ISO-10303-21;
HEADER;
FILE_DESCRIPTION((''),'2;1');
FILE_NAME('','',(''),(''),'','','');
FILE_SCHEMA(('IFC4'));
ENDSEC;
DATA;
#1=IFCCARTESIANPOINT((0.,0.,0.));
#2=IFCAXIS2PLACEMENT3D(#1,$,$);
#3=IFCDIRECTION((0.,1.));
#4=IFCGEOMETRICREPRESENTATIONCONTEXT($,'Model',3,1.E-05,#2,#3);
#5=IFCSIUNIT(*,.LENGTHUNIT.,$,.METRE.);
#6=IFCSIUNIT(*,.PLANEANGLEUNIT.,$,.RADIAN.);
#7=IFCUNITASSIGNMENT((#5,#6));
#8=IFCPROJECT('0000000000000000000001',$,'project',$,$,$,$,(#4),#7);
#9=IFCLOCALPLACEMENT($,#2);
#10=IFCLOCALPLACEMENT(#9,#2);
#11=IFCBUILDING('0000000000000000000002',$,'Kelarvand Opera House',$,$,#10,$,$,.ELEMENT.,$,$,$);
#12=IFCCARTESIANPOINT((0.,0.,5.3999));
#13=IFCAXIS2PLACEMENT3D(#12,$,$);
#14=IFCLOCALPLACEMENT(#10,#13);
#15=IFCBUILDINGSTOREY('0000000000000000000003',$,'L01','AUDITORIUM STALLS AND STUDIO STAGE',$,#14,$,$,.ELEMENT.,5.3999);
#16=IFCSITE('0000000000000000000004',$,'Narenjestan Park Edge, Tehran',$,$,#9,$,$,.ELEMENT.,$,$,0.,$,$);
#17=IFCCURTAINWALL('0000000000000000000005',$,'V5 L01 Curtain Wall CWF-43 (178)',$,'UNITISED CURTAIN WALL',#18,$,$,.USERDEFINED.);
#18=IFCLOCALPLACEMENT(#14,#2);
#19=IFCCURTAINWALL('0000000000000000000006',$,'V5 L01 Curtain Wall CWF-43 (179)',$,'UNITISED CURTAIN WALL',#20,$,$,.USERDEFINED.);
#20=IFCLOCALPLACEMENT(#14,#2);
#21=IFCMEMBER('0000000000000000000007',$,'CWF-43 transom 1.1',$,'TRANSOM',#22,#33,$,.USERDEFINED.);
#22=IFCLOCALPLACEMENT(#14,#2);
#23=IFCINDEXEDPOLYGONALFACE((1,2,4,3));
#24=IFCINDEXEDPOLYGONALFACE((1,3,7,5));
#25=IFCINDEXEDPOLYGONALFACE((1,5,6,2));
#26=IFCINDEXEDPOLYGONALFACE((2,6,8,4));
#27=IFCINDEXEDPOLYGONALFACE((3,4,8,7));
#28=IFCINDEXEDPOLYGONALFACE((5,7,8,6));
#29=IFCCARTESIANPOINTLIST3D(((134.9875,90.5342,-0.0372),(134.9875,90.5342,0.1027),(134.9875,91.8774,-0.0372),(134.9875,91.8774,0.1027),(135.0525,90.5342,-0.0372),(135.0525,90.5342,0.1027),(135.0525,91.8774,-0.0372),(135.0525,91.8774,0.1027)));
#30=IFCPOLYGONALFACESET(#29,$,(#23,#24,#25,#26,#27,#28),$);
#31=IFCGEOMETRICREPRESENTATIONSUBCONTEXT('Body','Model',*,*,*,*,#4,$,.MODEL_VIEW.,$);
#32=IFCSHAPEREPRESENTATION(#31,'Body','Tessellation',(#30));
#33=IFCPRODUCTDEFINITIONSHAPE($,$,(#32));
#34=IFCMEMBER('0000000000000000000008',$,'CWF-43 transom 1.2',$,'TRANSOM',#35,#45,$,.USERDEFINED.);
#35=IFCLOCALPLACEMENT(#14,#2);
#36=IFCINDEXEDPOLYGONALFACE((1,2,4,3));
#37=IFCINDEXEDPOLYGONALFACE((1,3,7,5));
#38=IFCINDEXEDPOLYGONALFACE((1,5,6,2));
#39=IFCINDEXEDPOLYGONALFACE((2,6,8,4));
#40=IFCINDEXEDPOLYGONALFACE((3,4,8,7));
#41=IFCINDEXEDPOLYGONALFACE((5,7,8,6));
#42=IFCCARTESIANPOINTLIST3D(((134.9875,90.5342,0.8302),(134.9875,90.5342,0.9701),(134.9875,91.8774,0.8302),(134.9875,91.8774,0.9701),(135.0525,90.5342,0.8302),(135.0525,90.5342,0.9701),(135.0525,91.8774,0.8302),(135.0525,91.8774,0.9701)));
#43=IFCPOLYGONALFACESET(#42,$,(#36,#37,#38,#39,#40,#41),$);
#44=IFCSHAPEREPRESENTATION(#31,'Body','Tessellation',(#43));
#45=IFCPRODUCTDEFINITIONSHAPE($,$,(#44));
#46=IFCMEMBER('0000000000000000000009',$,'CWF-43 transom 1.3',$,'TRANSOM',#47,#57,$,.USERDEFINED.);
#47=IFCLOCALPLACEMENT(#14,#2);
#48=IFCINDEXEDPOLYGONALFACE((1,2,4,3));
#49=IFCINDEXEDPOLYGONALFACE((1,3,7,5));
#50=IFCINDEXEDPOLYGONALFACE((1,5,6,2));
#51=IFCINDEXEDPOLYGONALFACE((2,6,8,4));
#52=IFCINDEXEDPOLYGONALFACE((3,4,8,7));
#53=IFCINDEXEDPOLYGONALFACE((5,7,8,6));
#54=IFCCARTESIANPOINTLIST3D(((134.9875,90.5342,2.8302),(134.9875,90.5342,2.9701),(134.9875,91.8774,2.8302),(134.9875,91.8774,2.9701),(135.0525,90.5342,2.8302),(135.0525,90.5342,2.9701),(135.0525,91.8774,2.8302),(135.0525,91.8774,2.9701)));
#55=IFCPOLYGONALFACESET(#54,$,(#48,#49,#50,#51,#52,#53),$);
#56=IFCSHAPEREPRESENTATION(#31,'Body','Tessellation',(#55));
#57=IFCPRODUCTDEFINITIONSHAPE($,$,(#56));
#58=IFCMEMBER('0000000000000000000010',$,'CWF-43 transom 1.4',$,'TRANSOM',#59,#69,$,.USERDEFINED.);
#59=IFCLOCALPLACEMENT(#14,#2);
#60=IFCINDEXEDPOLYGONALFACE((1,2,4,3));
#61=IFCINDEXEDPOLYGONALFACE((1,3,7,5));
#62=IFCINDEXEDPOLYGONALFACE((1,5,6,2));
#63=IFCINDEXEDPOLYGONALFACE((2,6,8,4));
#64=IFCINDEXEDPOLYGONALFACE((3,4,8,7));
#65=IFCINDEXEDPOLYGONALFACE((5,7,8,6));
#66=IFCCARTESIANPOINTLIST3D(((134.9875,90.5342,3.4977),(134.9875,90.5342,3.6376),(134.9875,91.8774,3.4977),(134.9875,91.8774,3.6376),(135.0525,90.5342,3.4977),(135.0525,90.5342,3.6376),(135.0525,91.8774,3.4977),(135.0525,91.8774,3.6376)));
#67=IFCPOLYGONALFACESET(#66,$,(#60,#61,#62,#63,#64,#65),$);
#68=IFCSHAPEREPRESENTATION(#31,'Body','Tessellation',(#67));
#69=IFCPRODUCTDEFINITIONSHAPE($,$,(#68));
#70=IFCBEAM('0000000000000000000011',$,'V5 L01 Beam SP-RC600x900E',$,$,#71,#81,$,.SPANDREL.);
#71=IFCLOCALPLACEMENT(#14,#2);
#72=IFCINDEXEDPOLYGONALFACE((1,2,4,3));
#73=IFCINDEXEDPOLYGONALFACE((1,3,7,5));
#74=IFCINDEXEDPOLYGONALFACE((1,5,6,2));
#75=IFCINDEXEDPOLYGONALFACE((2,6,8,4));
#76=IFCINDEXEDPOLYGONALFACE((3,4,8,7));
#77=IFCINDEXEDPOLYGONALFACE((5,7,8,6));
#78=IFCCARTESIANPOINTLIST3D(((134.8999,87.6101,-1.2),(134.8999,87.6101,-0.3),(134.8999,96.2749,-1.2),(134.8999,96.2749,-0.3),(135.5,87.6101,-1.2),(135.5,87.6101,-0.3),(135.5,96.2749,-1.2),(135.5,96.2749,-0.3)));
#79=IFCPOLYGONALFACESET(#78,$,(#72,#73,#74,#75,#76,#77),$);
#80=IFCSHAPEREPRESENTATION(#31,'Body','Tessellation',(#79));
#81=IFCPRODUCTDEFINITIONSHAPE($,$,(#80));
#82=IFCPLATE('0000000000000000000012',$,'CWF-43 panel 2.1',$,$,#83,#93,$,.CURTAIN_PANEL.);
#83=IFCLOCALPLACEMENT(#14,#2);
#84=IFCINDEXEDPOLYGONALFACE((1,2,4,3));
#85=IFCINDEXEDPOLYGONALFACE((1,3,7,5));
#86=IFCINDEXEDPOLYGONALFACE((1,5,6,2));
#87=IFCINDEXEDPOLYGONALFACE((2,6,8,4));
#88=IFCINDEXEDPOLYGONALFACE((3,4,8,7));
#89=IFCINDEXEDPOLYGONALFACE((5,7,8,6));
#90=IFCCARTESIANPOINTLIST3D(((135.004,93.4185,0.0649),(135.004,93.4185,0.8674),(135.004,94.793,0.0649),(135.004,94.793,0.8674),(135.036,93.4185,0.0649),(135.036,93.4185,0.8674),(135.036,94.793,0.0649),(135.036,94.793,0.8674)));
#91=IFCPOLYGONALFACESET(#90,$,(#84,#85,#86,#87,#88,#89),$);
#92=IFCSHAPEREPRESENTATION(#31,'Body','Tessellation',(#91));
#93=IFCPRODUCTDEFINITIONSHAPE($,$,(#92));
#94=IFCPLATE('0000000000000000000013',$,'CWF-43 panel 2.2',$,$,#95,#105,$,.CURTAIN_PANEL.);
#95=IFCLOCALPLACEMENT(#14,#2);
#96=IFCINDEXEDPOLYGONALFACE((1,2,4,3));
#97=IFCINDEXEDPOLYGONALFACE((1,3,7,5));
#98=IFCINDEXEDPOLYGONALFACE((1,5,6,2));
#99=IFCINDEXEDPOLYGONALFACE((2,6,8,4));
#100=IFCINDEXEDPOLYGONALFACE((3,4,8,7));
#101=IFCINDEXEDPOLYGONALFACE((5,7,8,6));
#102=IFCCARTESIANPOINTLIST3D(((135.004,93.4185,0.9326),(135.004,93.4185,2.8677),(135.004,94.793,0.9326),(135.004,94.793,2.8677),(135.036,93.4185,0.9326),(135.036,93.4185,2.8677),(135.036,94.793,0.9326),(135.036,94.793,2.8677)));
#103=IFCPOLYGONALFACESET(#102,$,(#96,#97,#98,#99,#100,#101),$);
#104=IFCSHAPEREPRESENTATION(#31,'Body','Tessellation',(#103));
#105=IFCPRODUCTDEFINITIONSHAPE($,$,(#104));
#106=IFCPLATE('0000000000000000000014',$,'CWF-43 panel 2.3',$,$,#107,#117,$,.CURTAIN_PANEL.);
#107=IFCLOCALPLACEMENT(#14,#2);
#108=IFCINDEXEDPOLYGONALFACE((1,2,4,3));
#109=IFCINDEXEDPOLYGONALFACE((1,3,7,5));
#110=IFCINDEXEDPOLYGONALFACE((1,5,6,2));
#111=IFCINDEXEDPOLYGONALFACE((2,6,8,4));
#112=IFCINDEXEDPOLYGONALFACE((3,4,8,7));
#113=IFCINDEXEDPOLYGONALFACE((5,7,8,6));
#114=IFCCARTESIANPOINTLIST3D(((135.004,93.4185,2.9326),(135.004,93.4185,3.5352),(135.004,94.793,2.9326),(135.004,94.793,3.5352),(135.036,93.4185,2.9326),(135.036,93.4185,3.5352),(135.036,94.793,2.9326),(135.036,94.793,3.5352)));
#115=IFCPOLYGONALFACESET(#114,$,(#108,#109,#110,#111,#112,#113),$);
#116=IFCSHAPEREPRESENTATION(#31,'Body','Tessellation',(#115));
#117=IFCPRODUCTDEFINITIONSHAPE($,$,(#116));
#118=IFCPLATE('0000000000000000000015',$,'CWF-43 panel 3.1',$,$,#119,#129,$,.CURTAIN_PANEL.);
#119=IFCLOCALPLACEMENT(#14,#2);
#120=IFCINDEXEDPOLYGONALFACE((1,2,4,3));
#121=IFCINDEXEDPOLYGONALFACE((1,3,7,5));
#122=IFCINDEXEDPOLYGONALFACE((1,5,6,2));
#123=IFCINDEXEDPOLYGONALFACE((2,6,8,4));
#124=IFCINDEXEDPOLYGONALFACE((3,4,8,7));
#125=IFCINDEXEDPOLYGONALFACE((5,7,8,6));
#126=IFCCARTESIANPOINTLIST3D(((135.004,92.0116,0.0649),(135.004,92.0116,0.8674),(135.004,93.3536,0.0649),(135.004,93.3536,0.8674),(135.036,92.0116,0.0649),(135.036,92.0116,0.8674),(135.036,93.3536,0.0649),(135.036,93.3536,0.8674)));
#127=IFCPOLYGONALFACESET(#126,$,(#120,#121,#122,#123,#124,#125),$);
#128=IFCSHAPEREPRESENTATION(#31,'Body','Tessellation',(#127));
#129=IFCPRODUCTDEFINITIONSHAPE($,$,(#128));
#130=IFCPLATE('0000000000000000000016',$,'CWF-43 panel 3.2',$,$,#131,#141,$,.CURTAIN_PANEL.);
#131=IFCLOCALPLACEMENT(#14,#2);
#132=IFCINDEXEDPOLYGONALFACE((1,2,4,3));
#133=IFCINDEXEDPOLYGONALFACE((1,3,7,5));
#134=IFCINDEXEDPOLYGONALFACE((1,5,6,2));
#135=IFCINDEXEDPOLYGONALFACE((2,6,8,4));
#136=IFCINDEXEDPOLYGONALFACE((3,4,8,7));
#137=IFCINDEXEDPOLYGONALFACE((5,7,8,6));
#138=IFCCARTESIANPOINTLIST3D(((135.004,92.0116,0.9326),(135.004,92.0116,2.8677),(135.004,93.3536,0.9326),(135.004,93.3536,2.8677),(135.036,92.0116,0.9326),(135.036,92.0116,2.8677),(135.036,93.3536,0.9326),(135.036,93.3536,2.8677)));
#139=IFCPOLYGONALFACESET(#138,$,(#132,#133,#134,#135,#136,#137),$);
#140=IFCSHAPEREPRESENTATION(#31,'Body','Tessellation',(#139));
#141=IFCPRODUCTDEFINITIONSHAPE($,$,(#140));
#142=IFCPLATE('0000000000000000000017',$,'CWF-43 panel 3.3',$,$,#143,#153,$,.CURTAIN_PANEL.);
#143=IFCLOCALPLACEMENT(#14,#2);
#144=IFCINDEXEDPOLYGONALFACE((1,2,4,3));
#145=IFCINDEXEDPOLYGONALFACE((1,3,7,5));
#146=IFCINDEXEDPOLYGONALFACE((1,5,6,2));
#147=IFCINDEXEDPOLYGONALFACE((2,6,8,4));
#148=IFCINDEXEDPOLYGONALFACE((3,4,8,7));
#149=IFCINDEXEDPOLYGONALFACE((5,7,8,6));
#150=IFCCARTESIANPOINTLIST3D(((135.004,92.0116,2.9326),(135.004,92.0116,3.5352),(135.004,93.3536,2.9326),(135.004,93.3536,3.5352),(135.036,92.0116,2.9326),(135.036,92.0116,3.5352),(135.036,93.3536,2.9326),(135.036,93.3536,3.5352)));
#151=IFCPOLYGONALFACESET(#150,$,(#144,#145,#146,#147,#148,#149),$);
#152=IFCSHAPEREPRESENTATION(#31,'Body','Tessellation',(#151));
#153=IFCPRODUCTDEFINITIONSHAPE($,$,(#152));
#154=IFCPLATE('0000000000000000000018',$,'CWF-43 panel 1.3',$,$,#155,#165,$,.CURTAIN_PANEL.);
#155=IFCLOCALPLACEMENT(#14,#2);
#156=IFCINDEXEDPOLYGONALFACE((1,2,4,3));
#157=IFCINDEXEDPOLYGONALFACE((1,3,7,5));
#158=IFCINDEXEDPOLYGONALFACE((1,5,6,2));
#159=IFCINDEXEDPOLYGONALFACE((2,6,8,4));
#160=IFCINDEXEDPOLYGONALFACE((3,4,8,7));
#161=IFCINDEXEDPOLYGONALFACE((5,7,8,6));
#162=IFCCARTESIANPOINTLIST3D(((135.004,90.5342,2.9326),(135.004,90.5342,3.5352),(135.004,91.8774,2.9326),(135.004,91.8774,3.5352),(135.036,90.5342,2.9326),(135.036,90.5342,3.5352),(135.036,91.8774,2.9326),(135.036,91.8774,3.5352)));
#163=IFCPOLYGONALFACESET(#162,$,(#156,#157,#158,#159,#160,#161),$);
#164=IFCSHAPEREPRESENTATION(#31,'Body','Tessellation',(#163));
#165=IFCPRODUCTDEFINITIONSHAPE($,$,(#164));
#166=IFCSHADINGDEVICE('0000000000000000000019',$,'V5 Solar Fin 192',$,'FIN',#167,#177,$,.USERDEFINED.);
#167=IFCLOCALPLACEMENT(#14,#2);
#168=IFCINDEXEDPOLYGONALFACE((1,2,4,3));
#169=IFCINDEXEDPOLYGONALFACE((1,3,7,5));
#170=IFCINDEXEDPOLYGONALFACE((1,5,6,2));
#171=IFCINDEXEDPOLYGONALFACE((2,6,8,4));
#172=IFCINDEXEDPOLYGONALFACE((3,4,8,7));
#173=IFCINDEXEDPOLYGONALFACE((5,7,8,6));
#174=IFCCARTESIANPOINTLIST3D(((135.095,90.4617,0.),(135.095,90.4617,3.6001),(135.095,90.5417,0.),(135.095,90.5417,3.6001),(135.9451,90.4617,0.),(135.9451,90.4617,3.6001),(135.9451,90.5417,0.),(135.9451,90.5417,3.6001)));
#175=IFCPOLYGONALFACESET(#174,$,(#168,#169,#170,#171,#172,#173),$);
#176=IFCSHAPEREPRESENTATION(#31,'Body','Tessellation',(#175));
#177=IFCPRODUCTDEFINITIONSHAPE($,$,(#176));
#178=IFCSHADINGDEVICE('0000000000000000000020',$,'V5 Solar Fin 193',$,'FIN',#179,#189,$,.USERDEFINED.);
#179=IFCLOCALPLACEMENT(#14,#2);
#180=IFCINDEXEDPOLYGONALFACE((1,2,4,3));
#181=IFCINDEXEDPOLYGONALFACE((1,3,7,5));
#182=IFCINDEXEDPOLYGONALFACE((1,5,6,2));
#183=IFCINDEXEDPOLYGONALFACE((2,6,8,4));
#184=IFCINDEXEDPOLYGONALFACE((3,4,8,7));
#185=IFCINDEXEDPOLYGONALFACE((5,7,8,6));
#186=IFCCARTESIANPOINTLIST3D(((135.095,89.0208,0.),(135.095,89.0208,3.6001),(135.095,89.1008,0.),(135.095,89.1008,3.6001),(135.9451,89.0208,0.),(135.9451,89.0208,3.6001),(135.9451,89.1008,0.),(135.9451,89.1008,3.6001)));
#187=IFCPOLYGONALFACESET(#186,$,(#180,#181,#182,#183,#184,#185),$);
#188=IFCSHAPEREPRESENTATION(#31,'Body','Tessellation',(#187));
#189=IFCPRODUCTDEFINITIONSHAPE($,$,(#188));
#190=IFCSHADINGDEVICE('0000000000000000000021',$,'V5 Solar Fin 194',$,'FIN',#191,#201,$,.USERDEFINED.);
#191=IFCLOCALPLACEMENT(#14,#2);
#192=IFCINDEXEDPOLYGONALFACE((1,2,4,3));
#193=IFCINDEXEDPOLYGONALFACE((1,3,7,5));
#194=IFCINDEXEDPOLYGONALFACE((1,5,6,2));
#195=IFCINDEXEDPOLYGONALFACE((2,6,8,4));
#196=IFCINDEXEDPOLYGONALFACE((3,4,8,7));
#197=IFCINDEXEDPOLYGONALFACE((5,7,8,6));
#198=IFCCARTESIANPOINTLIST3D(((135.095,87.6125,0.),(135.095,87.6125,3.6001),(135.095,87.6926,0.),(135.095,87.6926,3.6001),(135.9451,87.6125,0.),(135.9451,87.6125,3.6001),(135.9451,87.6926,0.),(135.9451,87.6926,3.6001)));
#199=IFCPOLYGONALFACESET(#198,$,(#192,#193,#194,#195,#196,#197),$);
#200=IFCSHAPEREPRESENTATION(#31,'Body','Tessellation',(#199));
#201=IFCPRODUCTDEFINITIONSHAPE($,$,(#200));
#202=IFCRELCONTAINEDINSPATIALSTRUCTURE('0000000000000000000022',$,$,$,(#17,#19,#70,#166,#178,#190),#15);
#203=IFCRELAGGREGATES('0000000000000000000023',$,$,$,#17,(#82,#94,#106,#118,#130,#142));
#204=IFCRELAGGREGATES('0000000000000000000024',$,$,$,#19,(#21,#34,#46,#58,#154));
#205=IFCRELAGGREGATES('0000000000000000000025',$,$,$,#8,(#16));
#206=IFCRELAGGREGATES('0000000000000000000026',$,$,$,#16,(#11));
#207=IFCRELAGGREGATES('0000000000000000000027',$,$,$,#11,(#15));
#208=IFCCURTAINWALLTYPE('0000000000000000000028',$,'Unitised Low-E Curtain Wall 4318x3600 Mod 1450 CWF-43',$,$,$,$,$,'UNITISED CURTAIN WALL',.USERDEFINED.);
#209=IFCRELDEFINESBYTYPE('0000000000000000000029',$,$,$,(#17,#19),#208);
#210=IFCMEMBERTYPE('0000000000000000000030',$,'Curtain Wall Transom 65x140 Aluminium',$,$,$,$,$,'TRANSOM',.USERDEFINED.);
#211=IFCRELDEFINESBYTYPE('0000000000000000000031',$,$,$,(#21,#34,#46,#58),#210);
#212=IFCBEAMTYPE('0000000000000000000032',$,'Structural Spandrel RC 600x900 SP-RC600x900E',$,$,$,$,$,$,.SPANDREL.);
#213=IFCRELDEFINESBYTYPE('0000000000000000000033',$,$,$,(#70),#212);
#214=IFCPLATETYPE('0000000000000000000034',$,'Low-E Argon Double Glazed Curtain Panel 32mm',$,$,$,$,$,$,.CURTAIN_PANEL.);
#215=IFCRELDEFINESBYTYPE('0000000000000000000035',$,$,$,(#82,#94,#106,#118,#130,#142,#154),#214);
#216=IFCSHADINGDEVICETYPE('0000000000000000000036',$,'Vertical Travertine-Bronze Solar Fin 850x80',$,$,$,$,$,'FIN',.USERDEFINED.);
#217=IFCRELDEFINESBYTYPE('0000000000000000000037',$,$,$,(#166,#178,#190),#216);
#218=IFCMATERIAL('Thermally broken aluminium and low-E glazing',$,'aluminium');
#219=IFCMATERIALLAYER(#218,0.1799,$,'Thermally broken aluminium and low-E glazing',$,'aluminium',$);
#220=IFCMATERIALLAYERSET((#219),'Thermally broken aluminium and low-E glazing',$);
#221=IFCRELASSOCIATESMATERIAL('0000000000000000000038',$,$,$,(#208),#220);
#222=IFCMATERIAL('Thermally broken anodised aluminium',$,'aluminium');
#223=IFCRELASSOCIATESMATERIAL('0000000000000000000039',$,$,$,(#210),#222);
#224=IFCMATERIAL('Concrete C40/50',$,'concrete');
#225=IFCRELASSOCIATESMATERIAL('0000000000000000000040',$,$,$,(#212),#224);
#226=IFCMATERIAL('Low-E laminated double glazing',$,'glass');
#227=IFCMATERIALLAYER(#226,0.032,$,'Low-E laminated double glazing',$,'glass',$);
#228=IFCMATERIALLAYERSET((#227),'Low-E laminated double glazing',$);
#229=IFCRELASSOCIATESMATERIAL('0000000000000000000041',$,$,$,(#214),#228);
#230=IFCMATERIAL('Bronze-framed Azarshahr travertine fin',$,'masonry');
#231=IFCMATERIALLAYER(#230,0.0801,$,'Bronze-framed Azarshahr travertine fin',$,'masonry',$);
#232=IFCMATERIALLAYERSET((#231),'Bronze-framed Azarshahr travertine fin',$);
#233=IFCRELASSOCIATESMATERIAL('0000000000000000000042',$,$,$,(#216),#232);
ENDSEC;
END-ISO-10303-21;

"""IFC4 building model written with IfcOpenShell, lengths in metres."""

from ifc_helpers import new_model, si_unit, direction, frame, origin, origin_2d, place, context, subcontext, project, spatial, rectangle, extrude, material, layer, layer_set, material_profile, profile_set, type_object, element, aggregate, save


model = new_model("IFC4")

# Units and contexts
model_context = context("Model", 3, precision=1e-05, world=origin(), true_north=direction((0.0, 1.0)))
body_context = subcontext(model_context, "Body", "Model", "MODEL_VIEW")
ifc_project = project(units=[si_unit("LENGTHUNIT", "METRE"), si_unit("PLANEANGLEUNIT", "RADIAN")], contexts=[model_context])

# Site, building, storey
site_placement = place(None, origin())
site = spatial("IfcSite", under=ifc_project, at=site_placement, Name="Narenjestan Park Edge, Tehran", CompositionType="ELEMENT", RefElevation=0.0)
building_placement = place(site_placement, origin())
building = spatial("IfcBuilding", under=site, at=building_placement, Name="Kelarvand Opera House", CompositionType="ELEMENT")
storey_placement = place(building_placement, frame((0.0, 0.0, 5.3999)))
storey = spatial("IfcBuildingStorey", under=building, at=storey_placement, Name="L01", Description="AUDITORIUM STALLS AND STUDIO STAGE", CompositionType="ELEMENT", Elevation=5.3999)

# Shared definitions
ifc_material_1 = material(Name="Concrete C40/50", Category="concrete")

# Curtain wall
ifc_material_2 = material(Name="Thermally broken aluminium and low-E glazing", Category="aluminium")
ifc_layer_1 = layer(ifc_material_2, 0.1799, Name="Thermally broken aluminium and low-E glazing", Category="aluminium")
ifc_layer_set_1 = layer_set([ifc_layer_1], Name="Thermally broken aluminium and low-E glazing")
curtain_wall_type = type_object("IfcCurtainWallType", Name="Unitised Low-E Curtain Wall 4318x3600 Mod 1450 CWF-43", ElementType="UNITISED CURTAIN WALL", PredefinedType="USERDEFINED", material=ifc_layer_set_1)
curtain_wall_1_placement = place(storey_placement, origin())
curtain_wall_1 = element("IfcCurtainWall", 1, at=curtain_wall_1_placement, inside=storey, type_object=curtain_wall_type, Name="V5 L01 Curtain Wall CWF-43 (178)", ObjectType="UNITISED CURTAIN WALL", PredefinedType="USERDEFINED")
ifc_material_3 = material(Name="Thermally broken anodised aluminium", Category="aluminium")

# Curtain wall
curtain_wall_2_placement = place(storey_placement, origin())
curtain_wall_2 = element("IfcCurtainWall", 2, at=curtain_wall_2_placement, inside=storey, type_object=curtain_wall_type, Name="V5 L01 Curtain Wall CWF-43 (179)", ObjectType="UNITISED CURTAIN WALL", PredefinedType="USERDEFINED")

# Members
ifc_material_profile_1 = material_profile(ifc_material_3, rectangle(XDim=0.0649, YDim=0.1399, at=origin_2d()), Name="ALU TRANSOM 65x140", Category="aluminium")
ifc_profile_set_1 = profile_set([ifc_material_profile_1], Name="Thermally broken anodised aluminium")
member_type_1 = type_object("IfcMemberType", Name="Curtain Wall Transom 65x140 Aluminium", ElementType="TRANSOM", PredefinedType="USERDEFINED", material=ifc_profile_set_1)
member_1_placement = place(storey_placement, frame((135.02, 91.8774, 0.0327), z_axis=(0.0, -1.0, 0.0), x_axis=(1.0, 0.0, 0.0)))
member_1 = element("IfcMember", 3, at=member_1_placement, type_object=member_type_1, Name="CWF-43 transom 1.1", ObjectType="TRANSOM", PredefinedType="USERDEFINED", context=body_context, shape_type="SweptSolid", body=[
    extrude(rectangle(XDim=0.0649, YDim=0.1399, at=origin_2d()), origin(), (0.0, 0.0, 1.0), 1.3433),
])
member_2_placement = place(storey_placement, frame((135.02, 91.8774, 0.9001), z_axis=(0.0, -1.0, 0.0), x_axis=(1.0, 0.0, 0.0)))
member_2 = element("IfcMember", 4, at=member_2_placement, type_object=member_type_1, Name="CWF-43 transom 1.2", ObjectType="TRANSOM", PredefinedType="USERDEFINED", context=body_context, shape_type="SweptSolid", body=[
    extrude(rectangle(XDim=0.0649, YDim=0.1399, at=origin_2d()), origin(), (0.0, 0.0, 1.0), 1.3433),
])
member_3_placement = place(storey_placement, frame((135.02, 91.8774, 2.9001), z_axis=(0.0, -1.0, 0.0), x_axis=(1.0, 0.0, 0.0)))
member_3 = element("IfcMember", 5, at=member_3_placement, type_object=member_type_1, Name="CWF-43 transom 1.3", ObjectType="TRANSOM", PredefinedType="USERDEFINED", context=body_context, shape_type="SweptSolid", body=[
    extrude(rectangle(XDim=0.0649, YDim=0.1399, at=origin_2d()), origin(), (0.0, 0.0, 1.0), 1.3433),
])
member_4_placement = place(storey_placement, frame((135.02, 91.8774, 3.5676), z_axis=(0.0, -1.0, 0.0), x_axis=(1.0, 0.0, 0.0)))
member_4 = element("IfcMember", 6, at=member_4_placement, type_object=member_type_1, Name="CWF-43 transom 1.4", ObjectType="TRANSOM", PredefinedType="USERDEFINED", context=body_context, shape_type="SweptSolid", body=[
    extrude(rectangle(XDim=0.0649, YDim=0.1399, at=origin_2d()), origin(), (0.0, 0.0, 1.0), 1.3433),
])

# Beam
ifc_material_profile_2 = material_profile(ifc_material_1, rectangle(XDim=0.6001, YDim=0.8999, at=origin_2d()), Name="RC 600x900", Category="concrete")
ifc_profile_set_2 = profile_set([ifc_material_profile_2], Name="Concrete C40/50")
beam_type = type_object("IfcBeamType", Name="Structural Spandrel RC 600x900 SP-RC600x900E", PredefinedType="SPANDREL", material=ifc_profile_set_2)
beam_placement = place(storey_placement, frame((135.2, 87.6101, -0.75), z_axis=(0.0, 1.0, 0.0), x_axis=(-1.0, 0.0, 0.0)))
element("IfcBeam", 7, at=beam_placement, inside=storey, type_object=beam_type, Name="V5 L01 Beam SP-RC600x900E", PredefinedType="SPANDREL", context=body_context, shape_type="SweptSolid", body=[
    extrude(rectangle(XDim=0.6001, YDim=0.8999, at=origin_2d()), origin(), (0.0, 0.0, 1.0), 8.6648),
])

# Plates
ifc_material_4 = material(Name="Low-E laminated double glazing", Category="glass")
ifc_layer_2 = layer(ifc_material_4, 0.032, Name="Low-E laminated double glazing", Category="glass")
ifc_layer_set_2 = layer_set([ifc_layer_2], Name="Low-E laminated double glazing")
plate_type = type_object("IfcPlateType", Name="Low-E Argon Double Glazed Curtain Panel 32mm", PredefinedType="CURTAIN_PANEL", material=ifc_layer_set_2)
plate_1_placement = place(storey_placement, frame((135.02, 94.1057, 0.0649), z_axis=(0.0, 0.0, 1.0), x_axis=(0.0, -1.0, 0.0)))
plate_1 = element("IfcPlate", 8, at=plate_1_placement, type_object=plate_type, Name="CWF-43 panel 2.1", PredefinedType="CURTAIN_PANEL", context=body_context, shape_type="SweptSolid", body=[
    extrude(rectangle(XDim=1.3745, YDim=0.032, at=origin_2d()), origin(), (0.0, 0.0, 1.0), 0.8025),
])
plate_2_placement = place(storey_placement, frame((135.02, 94.1057, 0.9326), z_axis=(0.0, 0.0, 1.0), x_axis=(0.0, -1.0, 0.0)))
plate_2 = element("IfcPlate", 9, at=plate_2_placement, type_object=plate_type, Name="CWF-43 panel 2.2", PredefinedType="CURTAIN_PANEL", context=body_context, shape_type="SweptSolid", body=[
    extrude(rectangle(XDim=1.3745, YDim=0.032, at=origin_2d()), origin(), (0.0, 0.0, 1.0), 1.9351),
])
plate_3_placement = place(storey_placement, frame((135.02, 94.1057, 2.9326), z_axis=(0.0, 0.0, 1.0), x_axis=(0.0, -1.0, 0.0)))
plate_3 = element("IfcPlate", 10, at=plate_3_placement, type_object=plate_type, Name="CWF-43 panel 2.3", PredefinedType="CURTAIN_PANEL", context=body_context, shape_type="SweptSolid", body=[
    extrude(rectangle(XDim=1.3745, YDim=0.032, at=origin_2d()), origin(), (0.0, 0.0, 1.0), 0.6025),
])
plate_4_placement = place(storey_placement, frame((135.02, 92.6826, 0.0649), z_axis=(0.0, 0.0, 1.0), x_axis=(0.0, -1.0, 0.0)))
plate_4 = element("IfcPlate", 11, at=plate_4_placement, type_object=plate_type, Name="CWF-43 panel 3.1", PredefinedType="CURTAIN_PANEL", context=body_context, shape_type="SweptSolid", body=[
    extrude(rectangle(XDim=1.342, YDim=0.032, at=origin_2d()), origin(), (0.0, 0.0, 1.0), 0.8025),
])
plate_5_placement = place(storey_placement, frame((135.02, 92.6826, 0.9326), z_axis=(0.0, 0.0, 1.0), x_axis=(0.0, -1.0, 0.0)))
plate_5 = element("IfcPlate", 12, at=plate_5_placement, type_object=plate_type, Name="CWF-43 panel 3.2", PredefinedType="CURTAIN_PANEL", context=body_context, shape_type="SweptSolid", body=[
    extrude(rectangle(XDim=1.342, YDim=0.032, at=origin_2d()), origin(), (0.0, 0.0, 1.0), 1.9351),
])
plate_6_placement = place(storey_placement, frame((135.02, 92.6826, 2.9326), z_axis=(0.0, 0.0, 1.0), x_axis=(0.0, -1.0, 0.0)))
plate_6 = element("IfcPlate", 13, at=plate_6_placement, type_object=plate_type, Name="CWF-43 panel 3.3", PredefinedType="CURTAIN_PANEL", context=body_context, shape_type="SweptSolid", body=[
    extrude(rectangle(XDim=1.342, YDim=0.032, at=origin_2d()), origin(), (0.0, 0.0, 1.0), 0.6025),
])
aggregate(curtain_wall_1, [plate_1, plate_2, plate_3, plate_4, plate_5, plate_6])
plate_7_placement = place(storey_placement, frame((135.02, 91.2058, 2.9326), z_axis=(0.0, 0.0, 1.0), x_axis=(0.0, -1.0, 0.0)))
plate_7 = element("IfcPlate", 14, at=plate_7_placement, type_object=plate_type, Name="CWF-43 panel 1.3", PredefinedType="CURTAIN_PANEL", context=body_context, shape_type="SweptSolid", body=[
    extrude(rectangle(XDim=1.3433, YDim=0.032, at=origin_2d()), origin(), (0.0, 0.0, 1.0), 0.6025),
])
aggregate(curtain_wall_2, [member_1, member_2, member_3, member_4, plate_7])

# Shading devices
ifc_material_5 = material(Name="Bronze-framed Azarshahr travertine fin", Category="masonry")
ifc_layer_3 = layer(ifc_material_5, 0.0801, Name="Bronze-framed Azarshahr travertine fin", Category="masonry")
ifc_layer_set_3 = layer_set([ifc_layer_3], Name="Bronze-framed Azarshahr travertine fin")
shading_device_type = type_object("IfcShadingDeviceType", Name="Vertical Travertine-Bronze Solar Fin 850x80", ElementType="FIN", PredefinedType="USERDEFINED", material=ifc_layer_set_3)
for number, where, z_axis, x_axis, name in (
    (15, (135.52, 90.5017, 0.0), (0.0, 0.0, 1.0), (1.0, 0.0, 0.0), "V5 Solar Fin 192"),
    (16, (135.52, 89.0608, 0.0), (0.0, 0.0, 1.0), (1.0, 0.0, 0.0), "V5 Solar Fin 193"),
    (17, (135.52, 87.6526, 0.0), (0.0, 0.0, 1.0), (1.0, 0.0, 0.0), "V5 Solar Fin 194"),
):
    element("IfcShadingDevice", number, at=place(storey_placement, frame(where, z_axis=z_axis, x_axis=x_axis)), inside=storey, type_object=shading_device_type, Name=name, ObjectType="FIN", PredefinedType="USERDEFINED", context=body_context, shape_type="SweptSolid", body=[
        extrude(rectangle(XDim=0.8501, YDim=0.0801, at=origin_2d()), origin(), (0.0, 0.0, 1.0), 3.6001),
    ])

save(model, "model.ifc")
